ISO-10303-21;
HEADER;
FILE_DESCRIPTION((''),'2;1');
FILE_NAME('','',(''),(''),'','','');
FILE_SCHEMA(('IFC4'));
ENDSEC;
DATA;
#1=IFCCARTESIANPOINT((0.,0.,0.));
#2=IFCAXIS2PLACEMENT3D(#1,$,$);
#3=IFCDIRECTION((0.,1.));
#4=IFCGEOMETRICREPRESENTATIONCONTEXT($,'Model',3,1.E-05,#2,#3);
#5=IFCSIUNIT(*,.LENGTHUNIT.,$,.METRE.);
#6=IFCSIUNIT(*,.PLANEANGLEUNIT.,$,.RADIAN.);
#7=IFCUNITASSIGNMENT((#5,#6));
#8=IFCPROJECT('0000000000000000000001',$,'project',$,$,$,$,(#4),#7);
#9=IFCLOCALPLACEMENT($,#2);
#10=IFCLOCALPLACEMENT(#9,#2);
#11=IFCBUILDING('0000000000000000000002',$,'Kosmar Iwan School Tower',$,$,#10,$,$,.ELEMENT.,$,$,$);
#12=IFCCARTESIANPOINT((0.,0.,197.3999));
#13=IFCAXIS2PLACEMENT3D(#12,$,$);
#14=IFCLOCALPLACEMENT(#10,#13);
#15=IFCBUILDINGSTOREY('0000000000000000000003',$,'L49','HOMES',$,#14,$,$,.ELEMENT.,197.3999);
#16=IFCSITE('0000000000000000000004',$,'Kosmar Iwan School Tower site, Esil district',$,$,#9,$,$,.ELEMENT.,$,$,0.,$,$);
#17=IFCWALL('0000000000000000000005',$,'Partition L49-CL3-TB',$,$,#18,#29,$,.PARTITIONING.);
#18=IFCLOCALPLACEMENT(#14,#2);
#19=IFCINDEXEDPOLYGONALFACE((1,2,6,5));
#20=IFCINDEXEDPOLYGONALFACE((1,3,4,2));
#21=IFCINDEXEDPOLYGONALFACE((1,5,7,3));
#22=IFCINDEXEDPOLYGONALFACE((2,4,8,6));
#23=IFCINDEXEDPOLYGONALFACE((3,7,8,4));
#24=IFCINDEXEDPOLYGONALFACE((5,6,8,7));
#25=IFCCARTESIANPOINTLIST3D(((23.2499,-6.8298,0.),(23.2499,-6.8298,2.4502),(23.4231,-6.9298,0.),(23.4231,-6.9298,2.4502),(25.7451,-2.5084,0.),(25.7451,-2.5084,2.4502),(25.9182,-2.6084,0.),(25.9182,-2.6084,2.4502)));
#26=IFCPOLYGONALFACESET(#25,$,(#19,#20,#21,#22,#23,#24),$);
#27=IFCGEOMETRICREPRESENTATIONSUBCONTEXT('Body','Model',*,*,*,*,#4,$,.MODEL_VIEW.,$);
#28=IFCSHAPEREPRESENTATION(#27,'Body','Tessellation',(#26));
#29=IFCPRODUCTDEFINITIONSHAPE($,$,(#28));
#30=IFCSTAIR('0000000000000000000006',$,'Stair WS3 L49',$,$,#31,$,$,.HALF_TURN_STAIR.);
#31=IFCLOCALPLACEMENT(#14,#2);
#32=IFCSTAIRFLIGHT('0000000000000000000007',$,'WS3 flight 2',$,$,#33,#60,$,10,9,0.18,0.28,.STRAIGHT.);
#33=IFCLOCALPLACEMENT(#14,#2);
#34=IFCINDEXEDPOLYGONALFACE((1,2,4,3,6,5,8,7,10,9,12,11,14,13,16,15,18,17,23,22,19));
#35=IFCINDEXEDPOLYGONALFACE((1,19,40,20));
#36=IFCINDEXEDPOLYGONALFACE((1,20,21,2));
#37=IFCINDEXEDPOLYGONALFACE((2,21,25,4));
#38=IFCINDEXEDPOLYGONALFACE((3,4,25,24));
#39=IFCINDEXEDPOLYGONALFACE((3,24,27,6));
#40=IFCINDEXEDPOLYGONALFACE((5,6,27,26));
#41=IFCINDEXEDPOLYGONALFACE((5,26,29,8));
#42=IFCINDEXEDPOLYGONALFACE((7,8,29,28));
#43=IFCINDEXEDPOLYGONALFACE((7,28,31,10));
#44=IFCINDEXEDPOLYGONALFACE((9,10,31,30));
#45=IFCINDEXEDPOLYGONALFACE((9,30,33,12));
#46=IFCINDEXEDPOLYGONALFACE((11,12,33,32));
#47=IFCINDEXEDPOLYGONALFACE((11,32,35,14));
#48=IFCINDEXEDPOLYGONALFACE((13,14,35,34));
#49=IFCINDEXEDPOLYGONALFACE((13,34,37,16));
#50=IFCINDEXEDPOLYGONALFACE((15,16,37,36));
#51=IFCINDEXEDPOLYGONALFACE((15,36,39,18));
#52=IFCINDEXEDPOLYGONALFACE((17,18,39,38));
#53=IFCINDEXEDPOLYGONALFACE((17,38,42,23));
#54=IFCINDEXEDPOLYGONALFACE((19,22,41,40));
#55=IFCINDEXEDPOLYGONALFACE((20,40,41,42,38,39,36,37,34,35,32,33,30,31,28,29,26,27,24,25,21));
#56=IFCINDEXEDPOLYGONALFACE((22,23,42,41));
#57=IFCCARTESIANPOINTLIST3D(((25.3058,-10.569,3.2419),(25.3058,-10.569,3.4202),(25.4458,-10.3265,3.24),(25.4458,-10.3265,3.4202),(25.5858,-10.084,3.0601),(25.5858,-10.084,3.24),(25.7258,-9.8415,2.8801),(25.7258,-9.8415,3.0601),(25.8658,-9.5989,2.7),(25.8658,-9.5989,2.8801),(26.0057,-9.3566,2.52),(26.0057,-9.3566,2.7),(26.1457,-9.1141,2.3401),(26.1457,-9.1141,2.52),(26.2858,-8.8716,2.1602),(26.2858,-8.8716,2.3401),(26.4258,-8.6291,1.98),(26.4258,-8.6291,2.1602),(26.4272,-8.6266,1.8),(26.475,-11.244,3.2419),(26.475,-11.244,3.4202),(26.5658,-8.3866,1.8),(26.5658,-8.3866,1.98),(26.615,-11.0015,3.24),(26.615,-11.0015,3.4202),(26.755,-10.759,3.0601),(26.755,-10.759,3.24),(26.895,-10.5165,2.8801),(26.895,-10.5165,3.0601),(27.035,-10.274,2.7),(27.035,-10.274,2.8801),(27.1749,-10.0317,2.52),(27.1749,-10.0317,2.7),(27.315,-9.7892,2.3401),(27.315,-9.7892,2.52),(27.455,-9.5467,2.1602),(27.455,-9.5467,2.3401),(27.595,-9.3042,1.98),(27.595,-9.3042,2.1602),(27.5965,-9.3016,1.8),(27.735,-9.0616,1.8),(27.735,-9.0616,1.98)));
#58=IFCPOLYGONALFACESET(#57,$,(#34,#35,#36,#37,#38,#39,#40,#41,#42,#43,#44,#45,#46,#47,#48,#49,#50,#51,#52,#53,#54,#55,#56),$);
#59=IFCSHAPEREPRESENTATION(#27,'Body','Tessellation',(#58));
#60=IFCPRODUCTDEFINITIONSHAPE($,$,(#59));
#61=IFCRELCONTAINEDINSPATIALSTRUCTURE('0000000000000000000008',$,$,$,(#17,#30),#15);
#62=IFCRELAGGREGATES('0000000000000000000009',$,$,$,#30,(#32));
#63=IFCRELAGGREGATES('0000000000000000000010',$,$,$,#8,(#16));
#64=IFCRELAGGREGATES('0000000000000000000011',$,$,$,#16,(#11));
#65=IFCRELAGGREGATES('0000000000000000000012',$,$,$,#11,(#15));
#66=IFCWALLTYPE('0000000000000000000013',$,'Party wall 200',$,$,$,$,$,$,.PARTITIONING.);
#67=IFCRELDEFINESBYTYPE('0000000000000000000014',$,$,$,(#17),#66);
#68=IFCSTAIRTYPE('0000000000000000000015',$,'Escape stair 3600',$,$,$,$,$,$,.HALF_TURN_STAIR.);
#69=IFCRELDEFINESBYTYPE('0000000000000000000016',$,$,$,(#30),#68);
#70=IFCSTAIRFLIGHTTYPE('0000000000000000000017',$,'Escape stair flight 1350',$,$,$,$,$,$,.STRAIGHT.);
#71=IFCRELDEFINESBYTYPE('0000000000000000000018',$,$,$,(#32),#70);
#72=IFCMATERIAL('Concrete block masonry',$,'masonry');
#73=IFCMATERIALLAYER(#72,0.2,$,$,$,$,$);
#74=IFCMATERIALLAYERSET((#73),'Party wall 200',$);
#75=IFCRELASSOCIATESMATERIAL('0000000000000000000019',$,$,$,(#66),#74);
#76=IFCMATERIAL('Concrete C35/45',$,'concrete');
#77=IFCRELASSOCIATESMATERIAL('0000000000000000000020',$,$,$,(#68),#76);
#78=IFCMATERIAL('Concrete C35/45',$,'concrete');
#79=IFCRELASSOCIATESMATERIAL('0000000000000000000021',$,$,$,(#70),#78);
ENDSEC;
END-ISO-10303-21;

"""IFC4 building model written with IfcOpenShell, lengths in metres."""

from ifc_helpers import new_model, si_unit, direction, frame, frame_2d, origin, place, context, subcontext, project, spatial, polyline, rectangle, outline, extrude, material, layer, layer_set, type_object, element, aggregate, save


model = new_model("IFC4")

# Units and contexts
model_context = context("Model", 3, precision=1e-05, world=origin(), true_north=direction((0.0, 1.0)))
body_context = subcontext(model_context, "Body", "Model", "MODEL_VIEW")
ifc_project = project(units=[si_unit("LENGTHUNIT", "METRE"), si_unit("PLANEANGLEUNIT", "RADIAN")], contexts=[model_context])

# Site, building, storey
site_placement = place(None, origin())
site = spatial("IfcSite", under=ifc_project, at=site_placement, Name="Kosmar Iwan School Tower site, Esil district", CompositionType="ELEMENT", RefElevation=0.0)
building_placement = place(site_placement, origin())
building = spatial("IfcBuilding", under=site, at=building_placement, Name="Kosmar Iwan School Tower", CompositionType="ELEMENT")
storey_placement = place(building_placement, frame((0.0, 0.0, 197.3999)))
storey = spatial("IfcBuildingStorey", under=building, at=storey_placement, Name="L49", Description="HOMES", CompositionType="ELEMENT", Elevation=197.3999)

# Wall
ifc_material_1 = material(Name="Concrete block masonry", Category="masonry")
ifc_layer_1 = layer(ifc_material_1, 0.2)
ifc_layer_set_1 = layer_set([ifc_layer_1], Name="Party wall 200")
wall_type_1 = type_object("IfcWallType", Name="Party wall 200", PredefinedType="PARTITIONING", material=ifc_layer_set_1)
wall_1_placement = place(storey_placement, frame((23.3364, -6.8799, 0.0), z_axis=(0.0, 0.0, 1.0), x_axis=(0.500033, 0.866006, 0.0)))
element("IfcWall", 1, at=wall_1_placement, inside=storey, type_object=wall_type_1, Name="Partition L49-CL3-TB", PredefinedType="PARTITIONING", context=body_context, shape_type="SweptSolid", body=[
    extrude(rectangle(XDim=4.99, YDim=0.2, at=frame_2d((2.4951, 0.0))), origin(), (0.0, 0.0, 1.0), 2.4502),
])

# Stair, stair flight
ifc_material_2 = material(Name="Concrete C35/45", Category="concrete")
stair_type = type_object("IfcStairType", Name="Escape stair 3600", PredefinedType="HALF_TURN_STAIR", material=ifc_material_2)
stair_placement = place(storey_placement, origin())
stair = element("IfcStair", 2, at=stair_placement, inside=storey, type_object=stair_type, Name="Stair WS3 L49", PredefinedType="HALF_TURN_STAIR")
ifc_material_3 = material(Name="Concrete C35/45", Category="concrete")
stair_flight_type = type_object("IfcStairFlightType", Name="Escape stair flight 1350", PredefinedType="STRAIGHT", material=ifc_material_3)
stair_flight_placement = place(storey_placement, frame((27.1504, -8.7241, 1.8), z_axis=(0.0, 0.0, 1.0), x_axis=(-0.5, -0.866025, 0.0)))
stair_flight = element("IfcStairFlight", 3, at=stair_flight_placement, type_object=stair_flight_type, Name="WS3 flight 2", NumberOfRisers=10, NumberOfTreads=9, PredefinedType="STRAIGHT", RiserHeight=0.18, TreadLength=0.28, context=body_context, shape_type="SweptSolid", body=[
    extrude(outline(polyline([(0.0, 0.0), (0.0, 0.1799), (0.28, 0.1799), (0.28, 0.3601), (0.5601, 0.3601), (0.5601, 0.54), (0.8401, 0.54), (0.8401, 0.72), (1.1201, 0.72), (1.1201, 0.8999), (1.3999, 0.8999), (1.3999, 1.0801), (1.6799, 1.0801), (1.6799, 1.26), (1.96, 1.26), (1.96, 1.4399), (2.24, 1.4399), (2.24, 1.6201), (2.52, 1.6201), (2.52, 1.8), (2.52, 1.4419), (0.2771, 0.0), (0.0, 0.0)])), frame((0.0, 0.675, 0.0), z_axis=(0.0, -1.0, 0.0), x_axis=(1.0, 0.0, 0.0)), (0.0, 0.0, 1.0), 1.3501),
])
aggregate(stair, [stair_flight])

save(model, "model.ifc")
